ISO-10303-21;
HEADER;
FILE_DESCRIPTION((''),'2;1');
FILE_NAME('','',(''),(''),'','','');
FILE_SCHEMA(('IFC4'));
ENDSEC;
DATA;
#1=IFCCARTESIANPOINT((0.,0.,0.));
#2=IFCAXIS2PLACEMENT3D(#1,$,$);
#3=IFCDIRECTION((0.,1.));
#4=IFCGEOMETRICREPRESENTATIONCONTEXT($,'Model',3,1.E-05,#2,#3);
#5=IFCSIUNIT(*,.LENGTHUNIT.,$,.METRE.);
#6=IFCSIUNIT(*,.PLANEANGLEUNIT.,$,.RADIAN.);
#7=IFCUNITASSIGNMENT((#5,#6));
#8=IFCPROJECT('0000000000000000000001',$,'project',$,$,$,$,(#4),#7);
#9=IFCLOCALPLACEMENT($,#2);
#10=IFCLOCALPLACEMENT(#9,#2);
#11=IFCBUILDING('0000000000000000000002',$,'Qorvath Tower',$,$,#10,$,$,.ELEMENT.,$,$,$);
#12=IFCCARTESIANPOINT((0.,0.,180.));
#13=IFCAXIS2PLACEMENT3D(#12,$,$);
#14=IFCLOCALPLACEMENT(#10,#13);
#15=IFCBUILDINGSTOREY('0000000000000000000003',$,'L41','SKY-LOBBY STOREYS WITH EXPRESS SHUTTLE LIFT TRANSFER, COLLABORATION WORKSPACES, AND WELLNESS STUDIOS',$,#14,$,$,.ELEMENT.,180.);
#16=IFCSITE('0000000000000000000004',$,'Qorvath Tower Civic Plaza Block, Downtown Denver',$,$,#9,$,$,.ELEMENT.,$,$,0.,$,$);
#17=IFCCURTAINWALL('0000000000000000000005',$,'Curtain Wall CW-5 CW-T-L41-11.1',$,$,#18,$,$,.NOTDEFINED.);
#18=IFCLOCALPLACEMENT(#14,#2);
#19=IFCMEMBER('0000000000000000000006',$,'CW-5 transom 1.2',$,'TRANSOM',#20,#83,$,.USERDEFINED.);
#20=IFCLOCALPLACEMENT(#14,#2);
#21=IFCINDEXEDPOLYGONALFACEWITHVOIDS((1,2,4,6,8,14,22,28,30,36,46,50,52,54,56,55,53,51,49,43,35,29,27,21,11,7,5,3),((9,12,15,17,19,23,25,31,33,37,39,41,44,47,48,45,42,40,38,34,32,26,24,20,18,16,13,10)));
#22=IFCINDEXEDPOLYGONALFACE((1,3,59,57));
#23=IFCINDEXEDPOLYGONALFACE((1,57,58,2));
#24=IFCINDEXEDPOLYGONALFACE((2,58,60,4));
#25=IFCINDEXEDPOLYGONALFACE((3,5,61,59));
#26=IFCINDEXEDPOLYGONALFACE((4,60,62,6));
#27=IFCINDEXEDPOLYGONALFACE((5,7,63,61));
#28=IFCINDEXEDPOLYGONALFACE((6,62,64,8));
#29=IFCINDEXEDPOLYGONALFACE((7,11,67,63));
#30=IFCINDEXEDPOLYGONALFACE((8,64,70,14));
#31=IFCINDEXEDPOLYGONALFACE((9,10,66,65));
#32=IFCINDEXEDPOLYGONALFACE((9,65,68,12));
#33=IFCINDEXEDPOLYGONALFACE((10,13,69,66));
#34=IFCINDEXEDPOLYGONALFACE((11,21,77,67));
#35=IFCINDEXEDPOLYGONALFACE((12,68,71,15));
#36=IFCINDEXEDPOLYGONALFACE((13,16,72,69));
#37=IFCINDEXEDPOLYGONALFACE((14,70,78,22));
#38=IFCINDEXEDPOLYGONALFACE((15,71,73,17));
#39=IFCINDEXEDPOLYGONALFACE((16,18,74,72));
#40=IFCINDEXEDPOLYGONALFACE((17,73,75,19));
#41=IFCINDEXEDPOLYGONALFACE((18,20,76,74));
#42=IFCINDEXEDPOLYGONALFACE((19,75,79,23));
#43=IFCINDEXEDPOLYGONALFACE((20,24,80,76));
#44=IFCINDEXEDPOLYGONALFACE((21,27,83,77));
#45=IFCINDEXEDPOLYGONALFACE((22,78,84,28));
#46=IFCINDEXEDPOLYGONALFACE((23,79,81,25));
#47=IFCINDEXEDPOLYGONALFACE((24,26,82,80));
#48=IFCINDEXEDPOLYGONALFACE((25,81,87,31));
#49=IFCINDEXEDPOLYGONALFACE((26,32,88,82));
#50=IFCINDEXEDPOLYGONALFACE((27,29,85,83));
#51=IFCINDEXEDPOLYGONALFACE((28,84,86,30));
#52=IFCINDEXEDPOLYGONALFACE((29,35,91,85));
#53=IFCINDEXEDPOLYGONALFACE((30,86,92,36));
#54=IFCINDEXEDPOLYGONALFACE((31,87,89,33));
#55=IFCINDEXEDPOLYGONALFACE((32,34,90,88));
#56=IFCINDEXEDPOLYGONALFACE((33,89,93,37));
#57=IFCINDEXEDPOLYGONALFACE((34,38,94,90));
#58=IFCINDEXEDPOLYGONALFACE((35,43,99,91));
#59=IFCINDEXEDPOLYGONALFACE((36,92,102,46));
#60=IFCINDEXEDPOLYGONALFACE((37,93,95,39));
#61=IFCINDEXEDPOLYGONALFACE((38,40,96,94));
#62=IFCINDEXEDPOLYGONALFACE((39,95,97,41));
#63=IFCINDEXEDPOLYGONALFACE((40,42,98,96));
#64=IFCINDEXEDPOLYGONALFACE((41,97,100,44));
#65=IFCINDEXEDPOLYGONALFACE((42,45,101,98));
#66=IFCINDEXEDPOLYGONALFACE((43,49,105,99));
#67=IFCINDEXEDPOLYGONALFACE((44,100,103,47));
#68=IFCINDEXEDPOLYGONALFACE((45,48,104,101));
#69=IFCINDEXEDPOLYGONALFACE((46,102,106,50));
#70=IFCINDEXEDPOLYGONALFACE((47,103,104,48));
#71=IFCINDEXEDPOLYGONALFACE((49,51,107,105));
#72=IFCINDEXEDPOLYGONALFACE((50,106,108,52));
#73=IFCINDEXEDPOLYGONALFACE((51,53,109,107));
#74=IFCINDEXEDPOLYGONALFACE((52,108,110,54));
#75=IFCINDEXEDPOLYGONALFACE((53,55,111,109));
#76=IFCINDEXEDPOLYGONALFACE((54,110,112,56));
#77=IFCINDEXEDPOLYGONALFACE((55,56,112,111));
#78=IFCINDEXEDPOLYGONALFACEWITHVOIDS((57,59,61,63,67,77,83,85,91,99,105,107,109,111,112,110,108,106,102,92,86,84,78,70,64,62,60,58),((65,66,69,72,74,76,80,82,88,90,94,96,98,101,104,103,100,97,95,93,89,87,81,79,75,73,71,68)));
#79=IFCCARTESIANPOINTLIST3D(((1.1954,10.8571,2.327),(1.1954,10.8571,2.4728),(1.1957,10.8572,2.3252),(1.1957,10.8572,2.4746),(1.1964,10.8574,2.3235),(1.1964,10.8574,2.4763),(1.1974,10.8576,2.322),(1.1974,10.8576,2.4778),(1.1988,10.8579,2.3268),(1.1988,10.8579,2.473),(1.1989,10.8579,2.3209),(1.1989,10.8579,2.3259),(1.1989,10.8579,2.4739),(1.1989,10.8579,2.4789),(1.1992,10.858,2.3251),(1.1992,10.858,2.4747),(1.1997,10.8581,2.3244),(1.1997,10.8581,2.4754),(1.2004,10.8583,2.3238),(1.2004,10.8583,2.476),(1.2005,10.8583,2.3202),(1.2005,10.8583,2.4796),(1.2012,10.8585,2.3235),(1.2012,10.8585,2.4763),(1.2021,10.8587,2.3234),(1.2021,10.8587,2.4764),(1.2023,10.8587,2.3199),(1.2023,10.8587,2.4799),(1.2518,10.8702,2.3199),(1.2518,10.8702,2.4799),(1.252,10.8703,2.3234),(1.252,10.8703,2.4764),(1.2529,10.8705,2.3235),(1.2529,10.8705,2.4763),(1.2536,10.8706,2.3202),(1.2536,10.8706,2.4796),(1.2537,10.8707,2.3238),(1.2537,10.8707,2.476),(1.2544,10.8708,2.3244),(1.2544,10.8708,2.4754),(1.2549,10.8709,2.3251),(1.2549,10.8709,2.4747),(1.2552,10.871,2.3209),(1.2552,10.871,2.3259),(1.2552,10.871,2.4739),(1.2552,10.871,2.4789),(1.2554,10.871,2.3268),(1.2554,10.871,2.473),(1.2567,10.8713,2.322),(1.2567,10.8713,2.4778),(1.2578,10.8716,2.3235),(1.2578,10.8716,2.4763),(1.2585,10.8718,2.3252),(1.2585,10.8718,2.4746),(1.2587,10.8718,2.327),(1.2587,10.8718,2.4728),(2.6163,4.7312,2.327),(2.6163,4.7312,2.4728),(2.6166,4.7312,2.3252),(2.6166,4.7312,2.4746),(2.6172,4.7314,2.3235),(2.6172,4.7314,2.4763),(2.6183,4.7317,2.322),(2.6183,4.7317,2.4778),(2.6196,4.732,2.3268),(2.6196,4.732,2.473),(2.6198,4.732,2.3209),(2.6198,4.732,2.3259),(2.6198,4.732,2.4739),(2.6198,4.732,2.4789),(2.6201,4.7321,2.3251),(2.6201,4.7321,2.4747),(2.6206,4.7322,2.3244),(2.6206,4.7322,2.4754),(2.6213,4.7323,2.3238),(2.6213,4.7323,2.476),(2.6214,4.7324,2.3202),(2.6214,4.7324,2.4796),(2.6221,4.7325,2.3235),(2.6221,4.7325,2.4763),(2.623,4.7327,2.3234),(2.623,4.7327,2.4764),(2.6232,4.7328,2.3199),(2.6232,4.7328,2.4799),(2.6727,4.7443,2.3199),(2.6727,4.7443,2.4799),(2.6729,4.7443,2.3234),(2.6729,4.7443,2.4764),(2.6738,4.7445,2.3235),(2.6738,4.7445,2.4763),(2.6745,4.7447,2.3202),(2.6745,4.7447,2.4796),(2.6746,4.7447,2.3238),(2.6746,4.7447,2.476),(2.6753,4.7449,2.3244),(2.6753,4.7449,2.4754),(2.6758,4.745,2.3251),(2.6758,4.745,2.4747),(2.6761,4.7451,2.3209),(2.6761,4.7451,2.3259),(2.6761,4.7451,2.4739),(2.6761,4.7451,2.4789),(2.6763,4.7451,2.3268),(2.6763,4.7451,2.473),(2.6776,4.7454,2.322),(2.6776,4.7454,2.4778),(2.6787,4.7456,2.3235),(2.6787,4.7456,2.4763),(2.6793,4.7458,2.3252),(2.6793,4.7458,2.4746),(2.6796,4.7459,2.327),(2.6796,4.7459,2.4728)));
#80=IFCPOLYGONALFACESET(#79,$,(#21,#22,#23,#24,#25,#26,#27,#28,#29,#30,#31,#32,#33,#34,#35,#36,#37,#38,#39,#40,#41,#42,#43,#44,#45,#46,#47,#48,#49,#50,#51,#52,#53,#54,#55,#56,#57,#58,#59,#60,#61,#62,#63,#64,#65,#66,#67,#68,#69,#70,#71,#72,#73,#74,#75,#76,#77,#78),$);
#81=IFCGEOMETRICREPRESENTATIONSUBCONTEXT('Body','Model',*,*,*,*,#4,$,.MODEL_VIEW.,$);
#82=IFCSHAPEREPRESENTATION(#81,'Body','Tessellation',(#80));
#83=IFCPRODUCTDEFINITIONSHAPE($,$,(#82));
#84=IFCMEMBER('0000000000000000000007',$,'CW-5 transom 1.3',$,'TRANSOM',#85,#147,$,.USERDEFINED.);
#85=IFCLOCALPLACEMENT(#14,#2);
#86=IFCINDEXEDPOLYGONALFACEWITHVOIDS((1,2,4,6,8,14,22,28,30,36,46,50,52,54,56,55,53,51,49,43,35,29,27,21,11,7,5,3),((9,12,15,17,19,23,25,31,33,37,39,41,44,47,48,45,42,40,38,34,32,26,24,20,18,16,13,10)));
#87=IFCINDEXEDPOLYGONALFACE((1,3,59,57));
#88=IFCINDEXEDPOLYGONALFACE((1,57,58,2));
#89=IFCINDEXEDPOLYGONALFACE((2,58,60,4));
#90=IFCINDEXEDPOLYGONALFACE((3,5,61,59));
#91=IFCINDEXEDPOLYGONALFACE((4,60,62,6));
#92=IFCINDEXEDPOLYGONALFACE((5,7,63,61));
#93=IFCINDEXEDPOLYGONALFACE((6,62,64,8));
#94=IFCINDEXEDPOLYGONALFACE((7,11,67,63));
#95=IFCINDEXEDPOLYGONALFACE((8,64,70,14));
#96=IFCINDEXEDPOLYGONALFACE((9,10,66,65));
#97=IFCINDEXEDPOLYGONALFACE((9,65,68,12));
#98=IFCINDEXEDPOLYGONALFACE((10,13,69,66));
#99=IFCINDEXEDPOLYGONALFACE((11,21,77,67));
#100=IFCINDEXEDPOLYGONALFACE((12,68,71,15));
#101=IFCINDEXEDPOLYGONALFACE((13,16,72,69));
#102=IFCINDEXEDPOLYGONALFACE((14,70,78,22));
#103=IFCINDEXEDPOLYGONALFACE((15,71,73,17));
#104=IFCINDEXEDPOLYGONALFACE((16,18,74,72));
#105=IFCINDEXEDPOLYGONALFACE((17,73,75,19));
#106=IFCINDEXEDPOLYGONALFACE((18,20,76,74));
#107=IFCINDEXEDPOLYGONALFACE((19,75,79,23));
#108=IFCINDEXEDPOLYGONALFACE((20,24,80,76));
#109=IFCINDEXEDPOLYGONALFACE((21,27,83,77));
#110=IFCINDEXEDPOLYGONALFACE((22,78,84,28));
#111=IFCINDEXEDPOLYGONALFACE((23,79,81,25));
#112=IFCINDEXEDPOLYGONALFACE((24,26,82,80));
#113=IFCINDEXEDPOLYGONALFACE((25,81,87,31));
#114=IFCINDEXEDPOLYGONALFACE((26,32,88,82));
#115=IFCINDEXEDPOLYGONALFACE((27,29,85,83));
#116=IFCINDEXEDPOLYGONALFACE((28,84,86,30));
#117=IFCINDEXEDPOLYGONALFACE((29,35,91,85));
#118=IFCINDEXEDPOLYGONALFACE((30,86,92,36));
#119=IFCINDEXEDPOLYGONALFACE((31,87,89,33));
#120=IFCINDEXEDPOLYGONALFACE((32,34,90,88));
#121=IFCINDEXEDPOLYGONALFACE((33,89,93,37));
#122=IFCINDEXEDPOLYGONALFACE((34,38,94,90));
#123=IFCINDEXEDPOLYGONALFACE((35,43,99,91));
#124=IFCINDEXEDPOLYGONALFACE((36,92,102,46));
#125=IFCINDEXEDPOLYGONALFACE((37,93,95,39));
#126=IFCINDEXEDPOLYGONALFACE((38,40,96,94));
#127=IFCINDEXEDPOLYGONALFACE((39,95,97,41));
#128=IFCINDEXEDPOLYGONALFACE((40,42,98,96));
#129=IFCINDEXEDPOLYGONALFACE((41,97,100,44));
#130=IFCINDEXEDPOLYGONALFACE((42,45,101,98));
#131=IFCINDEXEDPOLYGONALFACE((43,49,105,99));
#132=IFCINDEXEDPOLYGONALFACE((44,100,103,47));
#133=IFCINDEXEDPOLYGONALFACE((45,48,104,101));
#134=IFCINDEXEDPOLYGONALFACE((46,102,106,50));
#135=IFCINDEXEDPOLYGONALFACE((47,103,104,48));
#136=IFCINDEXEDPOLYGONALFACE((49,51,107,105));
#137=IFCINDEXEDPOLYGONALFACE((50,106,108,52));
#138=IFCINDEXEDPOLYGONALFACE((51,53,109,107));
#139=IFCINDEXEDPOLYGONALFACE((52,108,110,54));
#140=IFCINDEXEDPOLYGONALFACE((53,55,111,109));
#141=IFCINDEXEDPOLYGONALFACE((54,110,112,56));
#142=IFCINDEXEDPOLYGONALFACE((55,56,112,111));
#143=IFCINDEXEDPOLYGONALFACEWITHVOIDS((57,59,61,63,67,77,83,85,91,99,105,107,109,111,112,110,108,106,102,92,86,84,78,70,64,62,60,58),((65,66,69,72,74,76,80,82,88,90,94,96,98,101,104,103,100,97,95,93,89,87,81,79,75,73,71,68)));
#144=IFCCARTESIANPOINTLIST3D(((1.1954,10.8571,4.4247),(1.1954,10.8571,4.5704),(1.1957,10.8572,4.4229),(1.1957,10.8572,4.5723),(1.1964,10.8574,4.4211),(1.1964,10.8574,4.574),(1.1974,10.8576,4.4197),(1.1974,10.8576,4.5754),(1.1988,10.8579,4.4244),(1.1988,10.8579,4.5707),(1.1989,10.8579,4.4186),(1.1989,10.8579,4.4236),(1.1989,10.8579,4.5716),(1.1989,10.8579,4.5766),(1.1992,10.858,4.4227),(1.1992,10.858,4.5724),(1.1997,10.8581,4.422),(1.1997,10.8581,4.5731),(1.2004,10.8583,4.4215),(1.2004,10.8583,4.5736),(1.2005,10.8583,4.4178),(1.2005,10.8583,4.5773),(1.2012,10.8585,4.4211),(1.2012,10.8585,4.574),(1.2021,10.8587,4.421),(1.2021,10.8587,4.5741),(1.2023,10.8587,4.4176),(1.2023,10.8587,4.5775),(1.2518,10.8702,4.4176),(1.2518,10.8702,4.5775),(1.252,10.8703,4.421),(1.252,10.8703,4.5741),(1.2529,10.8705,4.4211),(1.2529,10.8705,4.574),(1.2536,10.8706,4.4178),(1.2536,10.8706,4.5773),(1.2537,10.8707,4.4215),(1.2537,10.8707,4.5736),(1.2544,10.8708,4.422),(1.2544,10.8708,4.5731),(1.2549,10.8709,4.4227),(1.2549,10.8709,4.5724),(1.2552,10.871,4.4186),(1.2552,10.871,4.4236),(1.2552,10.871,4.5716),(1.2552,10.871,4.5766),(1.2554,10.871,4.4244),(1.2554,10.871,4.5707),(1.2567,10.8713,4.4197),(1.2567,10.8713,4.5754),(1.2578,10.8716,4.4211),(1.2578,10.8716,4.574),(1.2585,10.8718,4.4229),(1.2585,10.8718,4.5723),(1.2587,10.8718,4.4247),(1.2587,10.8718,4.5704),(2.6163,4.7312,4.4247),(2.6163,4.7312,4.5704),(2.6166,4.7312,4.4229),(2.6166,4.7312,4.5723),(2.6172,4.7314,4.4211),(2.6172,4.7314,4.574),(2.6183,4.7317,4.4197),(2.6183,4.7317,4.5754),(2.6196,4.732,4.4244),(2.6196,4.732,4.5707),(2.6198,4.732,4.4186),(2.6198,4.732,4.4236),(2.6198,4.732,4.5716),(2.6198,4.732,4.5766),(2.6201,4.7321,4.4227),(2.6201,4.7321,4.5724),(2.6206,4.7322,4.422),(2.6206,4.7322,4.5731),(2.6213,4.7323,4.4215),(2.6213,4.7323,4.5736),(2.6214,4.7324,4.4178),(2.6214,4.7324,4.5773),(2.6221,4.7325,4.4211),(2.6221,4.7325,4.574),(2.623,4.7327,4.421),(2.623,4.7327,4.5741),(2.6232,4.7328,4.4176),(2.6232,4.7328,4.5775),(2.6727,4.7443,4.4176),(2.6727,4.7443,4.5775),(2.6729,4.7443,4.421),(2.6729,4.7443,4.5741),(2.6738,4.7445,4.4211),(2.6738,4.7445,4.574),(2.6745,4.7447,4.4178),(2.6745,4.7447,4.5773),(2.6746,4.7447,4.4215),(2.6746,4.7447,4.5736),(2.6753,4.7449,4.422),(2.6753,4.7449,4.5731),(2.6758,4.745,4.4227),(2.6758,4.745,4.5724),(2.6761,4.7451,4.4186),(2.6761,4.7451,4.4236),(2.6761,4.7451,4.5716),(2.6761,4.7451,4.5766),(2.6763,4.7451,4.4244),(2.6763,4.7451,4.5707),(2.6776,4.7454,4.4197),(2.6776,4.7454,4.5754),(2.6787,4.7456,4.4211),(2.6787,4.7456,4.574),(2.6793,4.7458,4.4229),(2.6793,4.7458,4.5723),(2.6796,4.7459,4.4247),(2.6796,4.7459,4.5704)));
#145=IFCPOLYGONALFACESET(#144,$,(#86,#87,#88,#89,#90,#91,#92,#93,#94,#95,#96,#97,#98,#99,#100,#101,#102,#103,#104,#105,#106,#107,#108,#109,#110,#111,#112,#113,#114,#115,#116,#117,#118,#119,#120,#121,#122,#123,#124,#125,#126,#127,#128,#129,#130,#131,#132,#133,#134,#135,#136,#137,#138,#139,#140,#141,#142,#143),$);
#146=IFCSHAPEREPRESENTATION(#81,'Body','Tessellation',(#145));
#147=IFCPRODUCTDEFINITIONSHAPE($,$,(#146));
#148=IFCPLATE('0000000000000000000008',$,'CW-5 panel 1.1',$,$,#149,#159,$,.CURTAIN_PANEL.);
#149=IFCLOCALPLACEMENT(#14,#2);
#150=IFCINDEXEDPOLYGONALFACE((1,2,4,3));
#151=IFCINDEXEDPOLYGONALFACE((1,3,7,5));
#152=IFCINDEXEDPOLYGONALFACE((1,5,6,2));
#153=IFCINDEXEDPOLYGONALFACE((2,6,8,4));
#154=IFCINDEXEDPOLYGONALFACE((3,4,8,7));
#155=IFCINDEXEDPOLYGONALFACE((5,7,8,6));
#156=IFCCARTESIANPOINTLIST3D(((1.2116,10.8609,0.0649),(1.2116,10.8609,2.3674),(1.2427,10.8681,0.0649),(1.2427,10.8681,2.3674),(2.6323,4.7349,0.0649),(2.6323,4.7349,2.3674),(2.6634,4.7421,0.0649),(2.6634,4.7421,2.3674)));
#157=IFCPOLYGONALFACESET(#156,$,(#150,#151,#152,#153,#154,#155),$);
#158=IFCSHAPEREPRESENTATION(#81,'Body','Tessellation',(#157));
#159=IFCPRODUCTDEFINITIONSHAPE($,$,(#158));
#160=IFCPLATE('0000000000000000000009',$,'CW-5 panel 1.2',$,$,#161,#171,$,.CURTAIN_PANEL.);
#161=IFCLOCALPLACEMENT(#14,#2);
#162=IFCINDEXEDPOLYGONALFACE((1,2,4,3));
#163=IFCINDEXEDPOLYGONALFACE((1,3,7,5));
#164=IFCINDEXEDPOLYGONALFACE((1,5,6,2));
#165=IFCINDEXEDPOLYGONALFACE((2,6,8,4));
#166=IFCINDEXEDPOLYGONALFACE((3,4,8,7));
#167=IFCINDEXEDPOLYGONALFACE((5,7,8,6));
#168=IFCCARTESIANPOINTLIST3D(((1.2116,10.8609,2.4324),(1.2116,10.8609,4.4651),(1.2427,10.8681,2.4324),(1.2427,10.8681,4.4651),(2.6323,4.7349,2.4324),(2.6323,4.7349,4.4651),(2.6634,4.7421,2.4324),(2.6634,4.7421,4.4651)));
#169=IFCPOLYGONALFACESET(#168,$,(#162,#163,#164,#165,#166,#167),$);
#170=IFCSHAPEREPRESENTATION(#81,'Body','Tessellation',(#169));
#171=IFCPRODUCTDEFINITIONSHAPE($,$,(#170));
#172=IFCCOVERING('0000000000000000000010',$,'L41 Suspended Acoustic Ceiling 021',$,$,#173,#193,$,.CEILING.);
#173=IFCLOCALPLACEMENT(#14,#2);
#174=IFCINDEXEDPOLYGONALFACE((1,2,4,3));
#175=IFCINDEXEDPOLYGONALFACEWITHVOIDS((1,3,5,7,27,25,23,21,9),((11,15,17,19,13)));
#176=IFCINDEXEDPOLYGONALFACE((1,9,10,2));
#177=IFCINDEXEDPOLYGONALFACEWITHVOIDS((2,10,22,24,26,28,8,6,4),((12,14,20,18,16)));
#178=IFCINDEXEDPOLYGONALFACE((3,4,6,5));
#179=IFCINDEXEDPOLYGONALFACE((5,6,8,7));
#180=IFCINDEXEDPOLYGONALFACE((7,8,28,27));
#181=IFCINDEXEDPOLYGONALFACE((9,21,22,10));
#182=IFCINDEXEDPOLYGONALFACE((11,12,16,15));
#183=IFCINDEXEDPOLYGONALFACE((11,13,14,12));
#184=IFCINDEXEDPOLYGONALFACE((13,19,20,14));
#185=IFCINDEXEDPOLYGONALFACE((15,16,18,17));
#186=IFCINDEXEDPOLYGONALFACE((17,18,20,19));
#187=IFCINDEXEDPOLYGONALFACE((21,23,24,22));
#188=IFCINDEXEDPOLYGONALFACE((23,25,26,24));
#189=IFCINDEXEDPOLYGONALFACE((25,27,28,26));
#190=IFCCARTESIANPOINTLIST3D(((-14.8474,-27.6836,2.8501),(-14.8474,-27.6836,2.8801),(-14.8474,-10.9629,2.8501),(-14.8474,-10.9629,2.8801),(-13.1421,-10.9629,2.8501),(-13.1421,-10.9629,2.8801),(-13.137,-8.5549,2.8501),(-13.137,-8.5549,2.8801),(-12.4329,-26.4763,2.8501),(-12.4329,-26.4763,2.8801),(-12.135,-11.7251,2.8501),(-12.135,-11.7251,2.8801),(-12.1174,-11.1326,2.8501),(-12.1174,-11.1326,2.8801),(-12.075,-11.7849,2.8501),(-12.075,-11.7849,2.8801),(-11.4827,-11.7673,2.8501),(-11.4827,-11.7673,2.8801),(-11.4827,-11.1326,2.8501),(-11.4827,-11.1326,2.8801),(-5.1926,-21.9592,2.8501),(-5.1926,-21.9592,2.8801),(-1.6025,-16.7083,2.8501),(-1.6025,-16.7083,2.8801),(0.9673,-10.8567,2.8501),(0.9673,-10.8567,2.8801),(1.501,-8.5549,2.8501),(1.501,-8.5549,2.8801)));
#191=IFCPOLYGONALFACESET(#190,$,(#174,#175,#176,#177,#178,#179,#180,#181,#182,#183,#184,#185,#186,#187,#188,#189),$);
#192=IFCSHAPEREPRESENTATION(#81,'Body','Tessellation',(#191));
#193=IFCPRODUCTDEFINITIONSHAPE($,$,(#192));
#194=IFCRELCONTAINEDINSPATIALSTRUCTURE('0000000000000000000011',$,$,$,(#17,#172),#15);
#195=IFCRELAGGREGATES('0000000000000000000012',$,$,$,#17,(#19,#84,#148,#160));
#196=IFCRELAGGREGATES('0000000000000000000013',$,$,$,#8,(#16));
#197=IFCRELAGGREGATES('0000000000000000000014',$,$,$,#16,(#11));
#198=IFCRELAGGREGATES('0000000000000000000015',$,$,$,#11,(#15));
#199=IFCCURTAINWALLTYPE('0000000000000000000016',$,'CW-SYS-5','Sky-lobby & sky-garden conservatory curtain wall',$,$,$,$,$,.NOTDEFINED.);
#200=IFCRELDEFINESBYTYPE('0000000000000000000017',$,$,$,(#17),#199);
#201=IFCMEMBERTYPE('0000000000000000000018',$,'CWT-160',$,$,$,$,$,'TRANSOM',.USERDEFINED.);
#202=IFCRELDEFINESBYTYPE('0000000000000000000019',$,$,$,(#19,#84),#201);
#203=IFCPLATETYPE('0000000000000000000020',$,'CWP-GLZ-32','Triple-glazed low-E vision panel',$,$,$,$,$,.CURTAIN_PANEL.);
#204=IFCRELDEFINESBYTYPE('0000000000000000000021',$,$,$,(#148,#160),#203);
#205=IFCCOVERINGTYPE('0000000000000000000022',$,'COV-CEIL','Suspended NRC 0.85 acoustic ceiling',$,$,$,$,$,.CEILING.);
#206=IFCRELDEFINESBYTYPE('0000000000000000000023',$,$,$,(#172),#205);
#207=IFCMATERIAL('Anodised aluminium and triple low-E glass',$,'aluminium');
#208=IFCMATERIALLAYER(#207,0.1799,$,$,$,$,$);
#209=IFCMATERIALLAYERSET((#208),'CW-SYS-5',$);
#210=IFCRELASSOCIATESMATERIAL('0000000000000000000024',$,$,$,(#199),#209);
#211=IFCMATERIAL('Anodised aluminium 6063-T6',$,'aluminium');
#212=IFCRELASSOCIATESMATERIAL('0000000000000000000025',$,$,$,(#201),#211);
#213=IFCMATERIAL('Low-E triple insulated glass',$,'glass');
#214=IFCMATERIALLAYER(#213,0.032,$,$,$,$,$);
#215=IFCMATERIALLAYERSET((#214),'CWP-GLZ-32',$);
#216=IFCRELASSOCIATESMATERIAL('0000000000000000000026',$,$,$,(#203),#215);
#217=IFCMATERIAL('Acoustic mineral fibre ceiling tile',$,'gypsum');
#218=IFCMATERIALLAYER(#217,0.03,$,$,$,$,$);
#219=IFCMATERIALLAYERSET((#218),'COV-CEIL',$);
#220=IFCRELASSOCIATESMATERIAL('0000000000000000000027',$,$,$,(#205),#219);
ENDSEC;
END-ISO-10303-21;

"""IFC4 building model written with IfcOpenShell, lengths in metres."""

from ifc_helpers import new_model, si_unit, direction, frame, origin, origin_2d, place, context, subcontext, project, spatial, polyline, rectangle, hollow_rectangle, outline, extrude, material, layer, layer_set, material_profile, profile_set, type_object, element, aggregate, save


model = new_model("IFC4")

# Units and contexts
model_context = context("Model", 3, precision=1e-05, world=origin(), true_north=direction((0.0, 1.0)))
body_context = subcontext(model_context, "Body", "Model", "MODEL_VIEW")
ifc_project = project(units=[si_unit("LENGTHUNIT", "METRE"), si_unit("PLANEANGLEUNIT", "RADIAN")], contexts=[model_context])

# Site, building, storey
site_placement = place(None, origin())
site = spatial("IfcSite", under=ifc_project, at=site_placement, Name="Qorvath Tower Civic Plaza Block, Downtown Denver", CompositionType="ELEMENT", RefElevation=0.0)
building_placement = place(site_placement, origin())
building = spatial("IfcBuilding", under=site, at=building_placement, Name="Qorvath Tower", CompositionType="ELEMENT")
storey_placement = place(building_placement, frame((0.0, 0.0, 180.0)))
storey = spatial("IfcBuildingStorey", under=building, at=storey_placement, Name="L41", Description="SKY-LOBBY STOREYS WITH EXPRESS SHUTTLE LIFT TRANSFER, COLLABORATION WORKSPACES, AND WELLNESS STUDIOS", CompositionType="ELEMENT", Elevation=180.0)

# Curtain wall, members, plates
ifc_material_1 = material(Name="Anodised aluminium and triple low-E glass", Category="aluminium")
ifc_layer_1 = layer(ifc_material_1, 0.1799)
ifc_layer_set_1 = layer_set([ifc_layer_1], Name="CW-SYS-5")
curtain_wall_type = type_object("IfcCurtainWallType", Name="CW-SYS-5", Description="Sky-lobby & sky-garden conservatory curtain wall", PredefinedType="NOTDEFINED", material=ifc_layer_set_1)
curtain_wall_placement = place(storey_placement, origin())
curtain_wall = element("IfcCurtainWall", 1, at=curtain_wall_placement, inside=storey, type_object=curtain_wall_type, Name="Curtain Wall CW-5 CW-T-L41-11.1", PredefinedType="NOTDEFINED")
ifc_material_2 = material(Name="Anodised aluminium 6063-T6", Category="aluminium")
ifc_material_profile_1 = material_profile(ifc_material_2, hollow_rectangle(XDim=0.0649, YDim=0.1599, WallThickness=0.0034, InnerFilletRadius=0.0034, OuterFilletRadius=0.0071, at=origin_2d()), Name="CWT 160x65")
ifc_profile_set_1 = profile_set([ifc_material_profile_1], Name="Anodised aluminium 6063-T6")
member_type_1 = type_object("IfcMemberType", Name="CWT-160", ElementType="TRANSOM", PredefinedType="USERDEFINED", material=ifc_profile_set_1)
member_1_placement = place(storey_placement, frame((2.6479, 4.7385, 2.3999), z_axis=(-0.225948, 0.974139, 0.0), x_axis=(-0.974139, -0.225948, 0.0)))
member_1 = element("IfcMember", 2, at=member_1_placement, type_object=member_type_1, Name="CW-5 transom 1.2", ObjectType="TRANSOM", PredefinedType="USERDEFINED", context=body_context, shape_type="SweptSolid", body=[
    extrude(hollow_rectangle(XDim=0.0649, YDim=0.1599, WallThickness=0.0034, InnerFilletRadius=0.0034, OuterFilletRadius=0.0071, at=origin_2d()), origin(), (0.0, 0.0, 1.0), 6.2886),
])
member_2_placement = place(storey_placement, frame((2.6479, 4.7385, 4.4976), z_axis=(-0.225948, 0.974139, 0.0), x_axis=(-0.974139, -0.225948, 0.0)))
member_2 = element("IfcMember", 3, at=member_2_placement, type_object=member_type_1, Name="CW-5 transom 1.3", ObjectType="TRANSOM", PredefinedType="USERDEFINED", context=body_context, shape_type="SweptSolid", body=[
    extrude(hollow_rectangle(XDim=0.0649, YDim=0.1599, WallThickness=0.0034, InnerFilletRadius=0.0034, OuterFilletRadius=0.0071, at=origin_2d()), origin(), (0.0, 0.0, 1.0), 6.2886),
])
ifc_material_3 = material(Name="Low-E triple insulated glass", Category="glass")
ifc_layer_2 = layer(ifc_material_3, 0.032)
ifc_layer_set_2 = layer_set([ifc_layer_2], Name="CWP-GLZ-32")
plate_type = type_object("IfcPlateType", Name="CWP-GLZ-32", Description="Triple-glazed low-E vision panel", PredefinedType="CURTAIN_PANEL", material=ifc_layer_set_2)
plate_1_placement = place(storey_placement, frame((1.9375, 7.8015, 0.0649), z_axis=(0.0, 0.0, 1.0), x_axis=(-0.225923, 0.974145, 0.0)))
plate_1 = element("IfcPlate", 4, at=plate_1_placement, type_object=plate_type, Name="CW-5 panel 1.1", PredefinedType="CURTAIN_PANEL", context=body_context, shape_type="SweptSolid", body=[
    extrude(rectangle(XDim=6.2886, YDim=0.032, at=origin_2d()), origin(), (0.0, 0.0, 1.0), 2.3025),
])
plate_2_placement = place(storey_placement, frame((1.9375, 7.8015, 2.4324), z_axis=(0.0, 0.0, 1.0), x_axis=(-0.225923, 0.974145, 0.0)))
plate_2 = element("IfcPlate", 5, at=plate_2_placement, type_object=plate_type, Name="CW-5 panel 1.2", PredefinedType="CURTAIN_PANEL", context=body_context, shape_type="SweptSolid", body=[
    extrude(rectangle(XDim=6.2886, YDim=0.032, at=origin_2d()), origin(), (0.0, 0.0, 1.0), 2.0327),
])
aggregate(curtain_wall, [member_1, member_2, plate_1, plate_2])

# Covering
ifc_material_4 = material(Name="Acoustic mineral fibre ceiling tile", Category="gypsum")
ifc_layer_3 = layer(ifc_material_4, 0.03)
ifc_layer_set_3 = layer_set([ifc_layer_3], Name="COV-CEIL")
covering_type_1 = type_object("IfcCoveringType", Name="COV-CEIL", Description="Suspended NRC 0.85 acoustic ceiling", PredefinedType="CEILING", material=ifc_layer_set_3)
covering_1_placement = place(storey_placement, frame((0.0, 0.0, 2.8501)))
element("IfcCovering", 6, at=covering_1_placement, inside=storey, type_object=covering_type_1, Name="L41 Suspended Acoustic Ceiling 021", PredefinedType="CEILING", context=body_context, shape_type="SweptSolid", body=[
    extrude(outline(polyline([(-12.4329, -26.4763), (-5.1926, -21.9592), (-1.6025, -16.7083), (0.9673, -10.8567), (1.501, -8.5549), (-13.137, -8.5549), (-13.1421, -10.9629), (-14.8474, -10.9629), (-14.8474, -27.6836), (-12.4329, -26.4763)]), holes=[polyline([(-12.135, -11.7251), (-12.1174, -11.1326), (-11.4827, -11.1326), (-11.4827, -11.7673), (-12.075, -11.7849), (-12.135, -11.7251)])]), origin(), (0.0, 0.0, 1.0), 0.03),
])

save(model, "model.ifc")
